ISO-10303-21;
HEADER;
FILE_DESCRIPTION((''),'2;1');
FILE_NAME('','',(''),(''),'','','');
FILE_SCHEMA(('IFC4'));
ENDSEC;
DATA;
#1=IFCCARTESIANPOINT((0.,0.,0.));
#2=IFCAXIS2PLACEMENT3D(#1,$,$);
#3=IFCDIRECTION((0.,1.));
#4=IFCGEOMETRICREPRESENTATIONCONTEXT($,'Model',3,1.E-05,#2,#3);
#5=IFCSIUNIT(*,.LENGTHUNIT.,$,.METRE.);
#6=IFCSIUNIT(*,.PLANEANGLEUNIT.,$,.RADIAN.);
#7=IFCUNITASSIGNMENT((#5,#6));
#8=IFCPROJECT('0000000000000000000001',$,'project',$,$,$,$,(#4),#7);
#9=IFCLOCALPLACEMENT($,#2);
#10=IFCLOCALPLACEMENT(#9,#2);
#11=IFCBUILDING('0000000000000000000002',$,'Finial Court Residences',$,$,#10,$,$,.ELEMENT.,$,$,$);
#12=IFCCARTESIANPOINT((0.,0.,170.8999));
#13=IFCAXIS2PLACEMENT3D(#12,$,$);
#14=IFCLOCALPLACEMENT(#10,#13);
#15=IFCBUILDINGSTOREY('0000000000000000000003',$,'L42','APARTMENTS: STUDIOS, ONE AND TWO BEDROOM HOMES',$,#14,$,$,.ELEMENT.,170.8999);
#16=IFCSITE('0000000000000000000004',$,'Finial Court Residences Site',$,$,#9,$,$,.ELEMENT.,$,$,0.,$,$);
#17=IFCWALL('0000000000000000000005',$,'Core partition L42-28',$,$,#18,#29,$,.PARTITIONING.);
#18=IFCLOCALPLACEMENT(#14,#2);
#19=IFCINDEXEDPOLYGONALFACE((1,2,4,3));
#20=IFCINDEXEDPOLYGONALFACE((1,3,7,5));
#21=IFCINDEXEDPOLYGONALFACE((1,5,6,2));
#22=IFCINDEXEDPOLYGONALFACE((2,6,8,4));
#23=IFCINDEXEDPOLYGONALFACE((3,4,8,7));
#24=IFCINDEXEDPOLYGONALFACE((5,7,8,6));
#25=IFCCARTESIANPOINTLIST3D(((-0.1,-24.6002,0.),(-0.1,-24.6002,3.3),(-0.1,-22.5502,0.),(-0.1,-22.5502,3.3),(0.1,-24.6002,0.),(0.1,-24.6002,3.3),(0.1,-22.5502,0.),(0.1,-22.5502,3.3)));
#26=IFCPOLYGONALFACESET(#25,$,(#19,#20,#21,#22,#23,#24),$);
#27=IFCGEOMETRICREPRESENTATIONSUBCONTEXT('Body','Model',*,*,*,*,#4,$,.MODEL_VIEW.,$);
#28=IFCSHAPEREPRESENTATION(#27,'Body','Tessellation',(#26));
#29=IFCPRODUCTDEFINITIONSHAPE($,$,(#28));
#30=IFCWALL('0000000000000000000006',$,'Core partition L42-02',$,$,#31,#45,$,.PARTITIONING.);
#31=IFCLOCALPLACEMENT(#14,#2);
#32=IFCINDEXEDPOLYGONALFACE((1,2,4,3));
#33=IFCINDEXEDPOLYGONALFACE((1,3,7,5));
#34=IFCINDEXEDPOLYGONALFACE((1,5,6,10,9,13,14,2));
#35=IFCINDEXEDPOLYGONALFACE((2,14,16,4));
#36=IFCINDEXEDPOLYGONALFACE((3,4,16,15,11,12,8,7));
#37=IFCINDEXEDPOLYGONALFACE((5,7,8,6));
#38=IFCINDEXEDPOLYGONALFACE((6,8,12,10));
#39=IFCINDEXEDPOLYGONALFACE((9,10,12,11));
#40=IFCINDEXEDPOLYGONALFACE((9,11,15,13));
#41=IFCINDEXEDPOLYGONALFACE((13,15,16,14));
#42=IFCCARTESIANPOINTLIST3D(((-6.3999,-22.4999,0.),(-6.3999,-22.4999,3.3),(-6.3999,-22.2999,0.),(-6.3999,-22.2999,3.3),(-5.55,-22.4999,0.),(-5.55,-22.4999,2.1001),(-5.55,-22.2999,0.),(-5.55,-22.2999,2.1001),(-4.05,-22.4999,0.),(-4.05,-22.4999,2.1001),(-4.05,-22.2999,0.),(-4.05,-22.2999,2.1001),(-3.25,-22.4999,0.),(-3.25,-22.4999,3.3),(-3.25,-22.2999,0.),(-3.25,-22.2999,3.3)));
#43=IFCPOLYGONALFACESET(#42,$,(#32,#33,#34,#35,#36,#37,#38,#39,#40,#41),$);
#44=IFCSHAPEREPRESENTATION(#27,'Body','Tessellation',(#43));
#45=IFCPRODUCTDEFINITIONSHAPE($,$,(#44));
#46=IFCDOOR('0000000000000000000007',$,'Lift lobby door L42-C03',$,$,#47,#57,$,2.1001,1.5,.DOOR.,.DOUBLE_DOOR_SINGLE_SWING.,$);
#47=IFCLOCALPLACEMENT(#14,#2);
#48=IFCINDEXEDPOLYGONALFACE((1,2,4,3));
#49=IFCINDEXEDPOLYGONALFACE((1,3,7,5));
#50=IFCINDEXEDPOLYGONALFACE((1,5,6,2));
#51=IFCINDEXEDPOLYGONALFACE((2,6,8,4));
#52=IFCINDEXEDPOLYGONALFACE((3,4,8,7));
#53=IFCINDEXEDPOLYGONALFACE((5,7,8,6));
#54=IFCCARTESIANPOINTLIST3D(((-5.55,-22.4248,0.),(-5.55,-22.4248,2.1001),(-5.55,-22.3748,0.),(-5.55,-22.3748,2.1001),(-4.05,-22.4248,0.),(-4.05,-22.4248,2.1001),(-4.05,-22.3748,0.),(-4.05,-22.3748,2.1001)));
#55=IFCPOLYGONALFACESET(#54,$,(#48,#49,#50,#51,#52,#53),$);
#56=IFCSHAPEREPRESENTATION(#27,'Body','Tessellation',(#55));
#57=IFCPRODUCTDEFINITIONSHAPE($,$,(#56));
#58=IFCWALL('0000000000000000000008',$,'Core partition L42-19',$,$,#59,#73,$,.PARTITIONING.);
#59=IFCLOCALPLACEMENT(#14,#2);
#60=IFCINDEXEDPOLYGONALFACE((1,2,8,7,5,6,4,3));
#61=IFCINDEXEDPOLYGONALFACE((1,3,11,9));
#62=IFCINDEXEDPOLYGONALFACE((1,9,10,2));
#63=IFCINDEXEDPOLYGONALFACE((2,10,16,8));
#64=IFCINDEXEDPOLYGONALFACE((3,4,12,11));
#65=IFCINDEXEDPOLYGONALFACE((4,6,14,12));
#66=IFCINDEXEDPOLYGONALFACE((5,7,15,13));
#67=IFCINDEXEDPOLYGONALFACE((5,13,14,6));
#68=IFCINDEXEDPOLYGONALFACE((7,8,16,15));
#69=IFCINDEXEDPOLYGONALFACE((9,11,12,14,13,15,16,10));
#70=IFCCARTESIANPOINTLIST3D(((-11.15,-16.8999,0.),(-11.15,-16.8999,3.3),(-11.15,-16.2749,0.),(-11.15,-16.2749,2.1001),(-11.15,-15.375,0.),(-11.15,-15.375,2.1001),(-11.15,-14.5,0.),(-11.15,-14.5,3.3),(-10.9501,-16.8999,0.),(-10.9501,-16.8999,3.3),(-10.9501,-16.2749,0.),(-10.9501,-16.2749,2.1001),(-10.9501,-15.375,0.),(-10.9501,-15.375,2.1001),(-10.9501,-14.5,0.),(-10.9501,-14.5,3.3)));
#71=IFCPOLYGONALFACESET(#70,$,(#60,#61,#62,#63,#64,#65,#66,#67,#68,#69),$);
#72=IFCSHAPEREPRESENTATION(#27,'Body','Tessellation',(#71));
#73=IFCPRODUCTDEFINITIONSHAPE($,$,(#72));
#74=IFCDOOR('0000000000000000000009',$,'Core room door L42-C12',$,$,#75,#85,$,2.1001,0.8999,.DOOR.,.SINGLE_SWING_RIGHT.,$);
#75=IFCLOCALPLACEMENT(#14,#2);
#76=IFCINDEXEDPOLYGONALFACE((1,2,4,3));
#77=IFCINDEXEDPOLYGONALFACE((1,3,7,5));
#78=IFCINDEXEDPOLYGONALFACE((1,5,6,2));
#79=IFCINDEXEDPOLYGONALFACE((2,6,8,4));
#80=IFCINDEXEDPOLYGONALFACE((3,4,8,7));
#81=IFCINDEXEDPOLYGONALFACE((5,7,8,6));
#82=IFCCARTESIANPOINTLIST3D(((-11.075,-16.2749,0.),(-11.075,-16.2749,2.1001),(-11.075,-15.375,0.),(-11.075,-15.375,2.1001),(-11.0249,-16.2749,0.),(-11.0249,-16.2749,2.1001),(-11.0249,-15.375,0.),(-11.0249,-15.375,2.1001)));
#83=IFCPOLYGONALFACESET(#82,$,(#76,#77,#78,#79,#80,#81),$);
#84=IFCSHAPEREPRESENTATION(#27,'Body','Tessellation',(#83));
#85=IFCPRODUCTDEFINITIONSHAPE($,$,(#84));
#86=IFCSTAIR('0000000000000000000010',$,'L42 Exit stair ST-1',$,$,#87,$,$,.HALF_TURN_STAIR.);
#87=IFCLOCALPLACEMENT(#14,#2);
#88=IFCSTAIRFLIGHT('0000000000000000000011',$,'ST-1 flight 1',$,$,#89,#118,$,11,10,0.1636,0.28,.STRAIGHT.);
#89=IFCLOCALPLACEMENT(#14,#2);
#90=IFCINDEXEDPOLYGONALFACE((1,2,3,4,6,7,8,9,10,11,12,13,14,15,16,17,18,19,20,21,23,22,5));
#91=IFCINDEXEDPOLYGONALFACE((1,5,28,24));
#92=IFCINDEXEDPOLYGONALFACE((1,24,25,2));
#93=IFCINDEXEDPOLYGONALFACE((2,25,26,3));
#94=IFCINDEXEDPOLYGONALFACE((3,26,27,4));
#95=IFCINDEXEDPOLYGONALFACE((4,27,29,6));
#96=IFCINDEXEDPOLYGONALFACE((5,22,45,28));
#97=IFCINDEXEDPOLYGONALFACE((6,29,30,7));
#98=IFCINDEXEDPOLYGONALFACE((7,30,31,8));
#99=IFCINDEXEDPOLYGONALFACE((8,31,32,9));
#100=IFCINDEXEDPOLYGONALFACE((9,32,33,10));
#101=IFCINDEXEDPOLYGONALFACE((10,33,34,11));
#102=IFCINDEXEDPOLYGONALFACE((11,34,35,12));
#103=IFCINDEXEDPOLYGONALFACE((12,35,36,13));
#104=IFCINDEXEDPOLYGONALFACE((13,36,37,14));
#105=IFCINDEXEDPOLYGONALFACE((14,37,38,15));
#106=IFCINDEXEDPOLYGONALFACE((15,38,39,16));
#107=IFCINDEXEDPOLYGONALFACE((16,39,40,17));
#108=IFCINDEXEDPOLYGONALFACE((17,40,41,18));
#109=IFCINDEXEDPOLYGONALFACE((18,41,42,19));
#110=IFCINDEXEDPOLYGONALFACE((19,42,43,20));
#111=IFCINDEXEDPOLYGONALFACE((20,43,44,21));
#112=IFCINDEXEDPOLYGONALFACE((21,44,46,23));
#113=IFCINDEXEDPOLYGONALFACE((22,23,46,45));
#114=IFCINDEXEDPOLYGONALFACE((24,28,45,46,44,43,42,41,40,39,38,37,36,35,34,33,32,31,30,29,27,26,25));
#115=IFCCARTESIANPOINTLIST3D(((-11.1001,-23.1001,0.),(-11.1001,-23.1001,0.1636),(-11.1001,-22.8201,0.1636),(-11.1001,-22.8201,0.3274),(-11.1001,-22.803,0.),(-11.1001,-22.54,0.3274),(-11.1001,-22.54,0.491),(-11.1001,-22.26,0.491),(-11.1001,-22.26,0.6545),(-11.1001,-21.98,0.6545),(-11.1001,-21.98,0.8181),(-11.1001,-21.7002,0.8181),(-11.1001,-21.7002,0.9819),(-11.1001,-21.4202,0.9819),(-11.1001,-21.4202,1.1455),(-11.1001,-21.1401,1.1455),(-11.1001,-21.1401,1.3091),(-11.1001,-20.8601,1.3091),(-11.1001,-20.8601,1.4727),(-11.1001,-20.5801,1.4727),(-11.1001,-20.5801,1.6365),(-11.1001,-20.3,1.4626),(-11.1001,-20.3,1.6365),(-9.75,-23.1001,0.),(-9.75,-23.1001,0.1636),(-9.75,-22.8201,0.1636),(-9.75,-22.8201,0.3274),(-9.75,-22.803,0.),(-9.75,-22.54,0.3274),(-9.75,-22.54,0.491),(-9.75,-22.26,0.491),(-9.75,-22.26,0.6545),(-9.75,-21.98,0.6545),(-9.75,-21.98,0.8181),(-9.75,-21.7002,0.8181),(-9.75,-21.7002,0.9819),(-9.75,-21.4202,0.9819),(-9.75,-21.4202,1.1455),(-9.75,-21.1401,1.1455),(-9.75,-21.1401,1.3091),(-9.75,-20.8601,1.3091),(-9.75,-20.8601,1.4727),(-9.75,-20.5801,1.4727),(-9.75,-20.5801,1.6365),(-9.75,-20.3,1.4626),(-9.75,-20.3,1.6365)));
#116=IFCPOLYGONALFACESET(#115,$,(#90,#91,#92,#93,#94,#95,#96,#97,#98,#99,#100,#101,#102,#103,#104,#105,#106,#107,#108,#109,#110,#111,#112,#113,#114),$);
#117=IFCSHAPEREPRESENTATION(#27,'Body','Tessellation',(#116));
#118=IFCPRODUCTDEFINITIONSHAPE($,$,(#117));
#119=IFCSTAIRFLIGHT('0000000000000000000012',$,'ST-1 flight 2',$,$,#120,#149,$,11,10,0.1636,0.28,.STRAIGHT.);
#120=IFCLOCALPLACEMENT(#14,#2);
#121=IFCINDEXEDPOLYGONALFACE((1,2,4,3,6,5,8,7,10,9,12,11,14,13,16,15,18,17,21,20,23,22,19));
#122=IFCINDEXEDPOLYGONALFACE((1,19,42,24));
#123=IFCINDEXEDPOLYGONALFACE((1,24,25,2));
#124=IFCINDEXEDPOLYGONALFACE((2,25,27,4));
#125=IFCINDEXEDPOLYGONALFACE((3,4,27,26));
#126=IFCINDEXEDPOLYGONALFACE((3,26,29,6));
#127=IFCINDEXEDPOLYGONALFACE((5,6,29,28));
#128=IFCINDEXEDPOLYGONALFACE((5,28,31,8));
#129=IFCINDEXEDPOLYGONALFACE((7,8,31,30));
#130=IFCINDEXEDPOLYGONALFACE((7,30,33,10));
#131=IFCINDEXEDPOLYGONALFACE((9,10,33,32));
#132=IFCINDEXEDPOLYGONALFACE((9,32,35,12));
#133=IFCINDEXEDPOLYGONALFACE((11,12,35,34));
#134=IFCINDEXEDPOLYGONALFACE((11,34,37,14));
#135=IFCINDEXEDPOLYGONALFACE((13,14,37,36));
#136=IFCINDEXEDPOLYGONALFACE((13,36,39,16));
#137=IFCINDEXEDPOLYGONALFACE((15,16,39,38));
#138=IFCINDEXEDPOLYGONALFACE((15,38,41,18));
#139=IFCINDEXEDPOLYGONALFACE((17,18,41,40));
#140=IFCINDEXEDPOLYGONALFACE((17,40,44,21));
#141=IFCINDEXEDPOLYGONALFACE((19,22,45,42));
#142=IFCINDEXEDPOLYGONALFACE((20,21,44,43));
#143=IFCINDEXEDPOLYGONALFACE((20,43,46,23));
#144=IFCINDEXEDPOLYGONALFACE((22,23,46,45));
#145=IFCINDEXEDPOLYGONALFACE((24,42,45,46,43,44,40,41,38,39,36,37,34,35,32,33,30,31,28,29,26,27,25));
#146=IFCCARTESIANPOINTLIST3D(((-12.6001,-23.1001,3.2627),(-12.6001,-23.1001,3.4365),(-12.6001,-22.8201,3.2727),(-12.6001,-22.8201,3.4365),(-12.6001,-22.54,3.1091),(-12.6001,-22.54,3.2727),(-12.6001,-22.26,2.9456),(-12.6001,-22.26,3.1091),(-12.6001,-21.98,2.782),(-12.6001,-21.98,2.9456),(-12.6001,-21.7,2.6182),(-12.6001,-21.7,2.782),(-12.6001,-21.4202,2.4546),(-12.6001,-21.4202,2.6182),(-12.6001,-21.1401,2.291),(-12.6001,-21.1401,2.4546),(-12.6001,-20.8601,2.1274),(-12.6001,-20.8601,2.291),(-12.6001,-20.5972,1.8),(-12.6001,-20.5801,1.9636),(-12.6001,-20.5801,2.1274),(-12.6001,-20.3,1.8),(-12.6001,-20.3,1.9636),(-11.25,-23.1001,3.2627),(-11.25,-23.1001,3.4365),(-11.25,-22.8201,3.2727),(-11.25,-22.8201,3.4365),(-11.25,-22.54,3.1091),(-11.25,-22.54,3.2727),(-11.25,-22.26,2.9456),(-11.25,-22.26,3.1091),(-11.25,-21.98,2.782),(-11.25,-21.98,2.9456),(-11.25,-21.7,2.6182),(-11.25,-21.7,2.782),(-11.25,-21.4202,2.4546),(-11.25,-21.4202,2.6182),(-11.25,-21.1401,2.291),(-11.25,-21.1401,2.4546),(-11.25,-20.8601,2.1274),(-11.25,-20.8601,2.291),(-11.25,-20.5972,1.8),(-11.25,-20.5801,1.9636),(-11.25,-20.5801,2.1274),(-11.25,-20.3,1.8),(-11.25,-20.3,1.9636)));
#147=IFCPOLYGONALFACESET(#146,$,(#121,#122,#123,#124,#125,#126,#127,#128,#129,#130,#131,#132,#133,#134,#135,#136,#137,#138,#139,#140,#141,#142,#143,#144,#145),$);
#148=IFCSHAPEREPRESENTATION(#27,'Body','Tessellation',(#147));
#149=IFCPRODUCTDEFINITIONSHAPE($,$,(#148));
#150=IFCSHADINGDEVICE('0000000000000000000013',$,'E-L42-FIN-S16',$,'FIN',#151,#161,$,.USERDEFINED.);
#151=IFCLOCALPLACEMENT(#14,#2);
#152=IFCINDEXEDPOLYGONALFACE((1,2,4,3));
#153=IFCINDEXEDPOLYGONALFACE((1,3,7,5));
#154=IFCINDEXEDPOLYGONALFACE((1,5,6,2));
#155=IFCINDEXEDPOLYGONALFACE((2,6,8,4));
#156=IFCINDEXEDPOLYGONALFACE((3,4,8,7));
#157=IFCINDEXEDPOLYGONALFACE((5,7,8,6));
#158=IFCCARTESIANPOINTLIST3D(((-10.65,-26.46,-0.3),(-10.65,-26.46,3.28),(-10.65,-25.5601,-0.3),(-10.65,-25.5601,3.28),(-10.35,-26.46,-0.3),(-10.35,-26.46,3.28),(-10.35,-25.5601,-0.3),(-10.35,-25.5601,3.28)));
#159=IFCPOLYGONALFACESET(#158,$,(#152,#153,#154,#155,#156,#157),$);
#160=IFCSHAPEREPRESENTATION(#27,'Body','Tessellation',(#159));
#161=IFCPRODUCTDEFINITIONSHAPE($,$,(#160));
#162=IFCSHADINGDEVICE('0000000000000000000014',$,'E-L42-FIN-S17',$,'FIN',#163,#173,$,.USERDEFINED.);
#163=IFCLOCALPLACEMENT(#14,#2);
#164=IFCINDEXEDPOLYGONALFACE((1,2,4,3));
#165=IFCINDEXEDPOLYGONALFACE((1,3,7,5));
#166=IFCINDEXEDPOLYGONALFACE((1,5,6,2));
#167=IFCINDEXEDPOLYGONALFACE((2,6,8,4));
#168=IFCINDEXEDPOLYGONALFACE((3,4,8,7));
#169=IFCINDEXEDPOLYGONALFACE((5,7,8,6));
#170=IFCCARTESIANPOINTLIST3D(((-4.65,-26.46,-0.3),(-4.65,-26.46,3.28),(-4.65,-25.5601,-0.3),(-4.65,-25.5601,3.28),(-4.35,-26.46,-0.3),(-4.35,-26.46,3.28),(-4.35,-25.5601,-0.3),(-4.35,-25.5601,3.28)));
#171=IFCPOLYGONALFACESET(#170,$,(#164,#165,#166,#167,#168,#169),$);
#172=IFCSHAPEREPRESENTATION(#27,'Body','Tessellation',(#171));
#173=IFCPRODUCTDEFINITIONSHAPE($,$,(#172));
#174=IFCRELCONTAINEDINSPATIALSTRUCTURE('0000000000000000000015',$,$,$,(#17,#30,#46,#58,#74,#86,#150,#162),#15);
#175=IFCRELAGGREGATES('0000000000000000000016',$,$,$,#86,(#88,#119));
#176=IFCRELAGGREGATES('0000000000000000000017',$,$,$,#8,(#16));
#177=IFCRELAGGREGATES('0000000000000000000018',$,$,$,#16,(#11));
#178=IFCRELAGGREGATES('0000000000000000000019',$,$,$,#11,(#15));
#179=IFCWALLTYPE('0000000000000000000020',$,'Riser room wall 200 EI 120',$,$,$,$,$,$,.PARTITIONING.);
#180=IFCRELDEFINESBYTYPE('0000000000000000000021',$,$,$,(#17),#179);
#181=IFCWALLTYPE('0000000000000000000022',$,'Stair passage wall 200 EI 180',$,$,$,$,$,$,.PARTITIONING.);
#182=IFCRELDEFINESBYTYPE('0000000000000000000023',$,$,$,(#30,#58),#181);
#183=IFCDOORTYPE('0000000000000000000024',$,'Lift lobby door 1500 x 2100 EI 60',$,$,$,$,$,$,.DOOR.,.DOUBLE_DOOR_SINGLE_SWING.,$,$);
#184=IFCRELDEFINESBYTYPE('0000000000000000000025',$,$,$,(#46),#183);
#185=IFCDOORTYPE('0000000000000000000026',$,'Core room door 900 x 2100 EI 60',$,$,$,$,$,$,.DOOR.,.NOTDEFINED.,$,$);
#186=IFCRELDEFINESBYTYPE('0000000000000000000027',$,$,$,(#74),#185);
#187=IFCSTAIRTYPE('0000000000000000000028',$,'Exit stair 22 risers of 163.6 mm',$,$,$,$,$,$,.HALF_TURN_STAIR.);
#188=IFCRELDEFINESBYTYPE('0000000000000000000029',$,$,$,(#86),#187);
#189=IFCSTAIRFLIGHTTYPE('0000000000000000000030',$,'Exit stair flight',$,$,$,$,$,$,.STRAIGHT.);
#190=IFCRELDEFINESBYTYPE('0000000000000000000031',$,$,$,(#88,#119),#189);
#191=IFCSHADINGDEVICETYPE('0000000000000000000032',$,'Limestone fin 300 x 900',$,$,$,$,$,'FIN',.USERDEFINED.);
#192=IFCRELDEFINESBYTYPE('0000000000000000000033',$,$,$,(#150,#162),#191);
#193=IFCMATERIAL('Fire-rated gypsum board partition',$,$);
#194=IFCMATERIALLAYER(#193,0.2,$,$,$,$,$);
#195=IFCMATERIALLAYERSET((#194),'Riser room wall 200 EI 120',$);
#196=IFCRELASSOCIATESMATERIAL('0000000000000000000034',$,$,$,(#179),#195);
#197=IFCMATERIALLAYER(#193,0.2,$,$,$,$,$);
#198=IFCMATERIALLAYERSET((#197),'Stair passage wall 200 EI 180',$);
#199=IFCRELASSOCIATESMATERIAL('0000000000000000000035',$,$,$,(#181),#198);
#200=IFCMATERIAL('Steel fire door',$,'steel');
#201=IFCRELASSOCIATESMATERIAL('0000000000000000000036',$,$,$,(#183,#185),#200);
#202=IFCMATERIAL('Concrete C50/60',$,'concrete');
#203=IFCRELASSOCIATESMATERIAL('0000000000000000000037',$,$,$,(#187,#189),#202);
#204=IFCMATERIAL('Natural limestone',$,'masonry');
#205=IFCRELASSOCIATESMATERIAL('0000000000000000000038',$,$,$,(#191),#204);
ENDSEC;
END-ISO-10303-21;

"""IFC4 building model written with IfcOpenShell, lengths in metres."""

from ifc_helpers import new_model, si_unit, direction, frame, frame_2d, origin, origin_2d, place, context, subcontext, project, spatial, polyline, rectangle, outline, extrude, material, layer, layer_set, type_object, element, fill, aggregate, save


model = new_model("IFC4")

# Units and contexts
model_context = context("Model", 3, precision=1e-05, world=origin(), true_north=direction((0.0, 1.0)))
body_context = subcontext(model_context, "Body", "Model", "MODEL_VIEW")
ifc_project = project(units=[si_unit("LENGTHUNIT", "METRE"), si_unit("PLANEANGLEUNIT", "RADIAN")], contexts=[model_context])

# Site, building, storey
site_placement = place(None, origin())
site = spatial("IfcSite", under=ifc_project, at=site_placement, Name="Finial Court Residences Site", CompositionType="ELEMENT", RefElevation=0.0)
building_placement = place(site_placement, origin())
building = spatial("IfcBuilding", under=site, at=building_placement, Name="Finial Court Residences", CompositionType="ELEMENT")
storey_placement = place(building_placement, frame((0.0, 0.0, 170.8999)))
storey = spatial("IfcBuildingStorey", under=building, at=storey_placement, Name="L42", Description="APARTMENTS: STUDIOS, ONE AND TWO BEDROOM HOMES", CompositionType="ELEMENT", Elevation=170.8999)

# Shared definitions
ifc_material_1 = material(Name="Steel fire door", Category="steel")

# Shared definitions
ifc_material_2 = material(Name="Fire-rated gypsum board partition")
ifc_layer_1 = layer(ifc_material_2, 0.2)
ifc_layer_set_1 = layer_set([ifc_layer_1], Name="Riser room wall 200 EI 120")
wall_type_1 = type_object("IfcWallType", Name="Riser room wall 200 EI 120", PredefinedType="PARTITIONING", material=ifc_layer_set_1)

# Wall
wall_1_placement = place(storey_placement, frame((0.0, -24.6001, 0.0), z_axis=(0.0, 0.0, 1.0), x_axis=(0.0, 1.0, 0.0)))
element("IfcWall", 1, at=wall_1_placement, inside=storey, type_object=wall_type_1, Name="Core partition L42-28", PredefinedType="PARTITIONING", context=body_context, shape_type="SweptSolid", body=[
    extrude(rectangle(XDim=2.05, YDim=0.2, at=frame_2d((1.0249, 0.0))), origin(), (0.0, 0.0, 1.0), 3.3),
])

# Walls, openings, doors
ifc_layer_2 = layer(ifc_material_2, 0.2)
ifc_layer_set_2 = layer_set([ifc_layer_2], Name="Stair passage wall 200 EI 180")
wall_type_2 = type_object("IfcWallType", Name="Stair passage wall 200 EI 180", PredefinedType="PARTITIONING", material=ifc_layer_set_2)
wall_2_placement = place(storey_placement, frame((-3.25, -22.3999, 0.0), z_axis=(0.0, 0.0, 1.0), x_axis=(-1.0, 0.0, 0.0)))
wall_2 = element("IfcWall", 2, at=wall_2_placement, inside=storey, type_object=wall_type_2, Name="Core partition L42-02", PredefinedType="PARTITIONING", context=body_context, shape_type="SweptSolid", body=[
    extrude(rectangle(XDim=3.1499, YDim=0.2, at=frame_2d((1.575, 0.0))), origin(), (0.0, 0.0, 1.0), 3.3),
])
opening_1_placement = place(wall_2_placement, frame((0.8, 0.0, 0.0)))
opening_1 = element("IfcOpeningElement", 3, at=opening_1_placement, cuts=wall_2, PredefinedType="OPENING", context=body_context, shape_type="SweptSolid", body=[
    extrude(rectangle(XDim=1.5, YDim=2.1001, at=frame_2d((0.75, 1.05))), frame((0.0, 0.1099, 0.0), z_axis=(0.0, -1.0, 0.0), x_axis=(1.0, 0.0, 0.0)), (0.0, 0.0, 1.0), 0.22),
])
door_type_1 = type_object("IfcDoorType", Name="Lift lobby door 1500 x 2100 EI 60", OperationType="DOUBLE_DOOR_SINGLE_SWING", PredefinedType="DOOR", material=ifc_material_1)
door_1_placement = place(opening_1_placement, origin())
door_1 = element("IfcDoor", 4, at=door_1_placement, inside=storey, type_object=door_type_1, Name="Lift lobby door L42-C03", OperationType="DOUBLE_DOOR_SINGLE_SWING", OverallHeight=2.1001, OverallWidth=1.5, PredefinedType="DOOR", context=body_context, shape_type="SweptSolid", body=[
    extrude(rectangle(XDim=1.5, YDim=2.1001, at=frame_2d((0.75, 1.05))), frame((0.0, 0.0249, 0.0), z_axis=(0.0, -1.0, 0.0), x_axis=(1.0, 0.0, 0.0)), (0.0, 0.0, 1.0), 0.05),
])
fill(opening_1, door_1)
wall_3_placement = place(storey_placement, frame((-11.05, -16.8999, 0.0), z_axis=(0.0, 0.0, 1.0), x_axis=(0.0, 1.0, 0.0)))
wall_3 = element("IfcWall", 5, at=wall_3_placement, inside=storey, type_object=wall_type_2, Name="Core partition L42-19", PredefinedType="PARTITIONING", context=body_context, shape_type="SweptSolid", body=[
    extrude(rectangle(XDim=2.3999, YDim=0.2, at=frame_2d((1.2, 0.0))), origin(), (0.0, 0.0, 1.0), 3.3),
])
opening_2_placement = place(wall_3_placement, frame((0.625, 0.0, 0.0)))
opening_2 = element("IfcOpeningElement", 6, at=opening_2_placement, cuts=wall_3, PredefinedType="OPENING", context=body_context, shape_type="SweptSolid", body=[
    extrude(rectangle(XDim=0.8999, YDim=2.1001, at=frame_2d((0.45, 1.05))), frame((0.0, 0.1099, 0.0), z_axis=(0.0, -1.0, 0.0), x_axis=(1.0, 0.0, 0.0)), (0.0, 0.0, 1.0), 0.22),
])
door_type_2 = type_object("IfcDoorType", Name="Core room door 900 x 2100 EI 60", OperationType="NOTDEFINED", PredefinedType="DOOR", material=ifc_material_1)
door_2_placement = place(opening_2_placement, origin())
door_2 = element("IfcDoor", 7, at=door_2_placement, inside=storey, type_object=door_type_2, Name="Core room door L42-C12", OperationType="SINGLE_SWING_RIGHT", OverallHeight=2.1001, OverallWidth=0.8999, PredefinedType="DOOR", context=body_context, shape_type="SweptSolid", body=[
    extrude(rectangle(XDim=0.8999, YDim=2.1001, at=frame_2d((0.45, 1.05))), frame((0.0, 0.0249, 0.0), z_axis=(0.0, -1.0, 0.0), x_axis=(1.0, 0.0, 0.0)), (0.0, 0.0, 1.0), 0.05),
])
fill(opening_2, door_2)

# Stair, stair flights
ifc_material_3 = material(Name="Concrete C50/60", Category="concrete")
stair_type = type_object("IfcStairType", Name="Exit stair 22 risers of 163.6 mm", PredefinedType="HALF_TURN_STAIR", material=ifc_material_3)
stair_placement = place(storey_placement, origin())
stair = element("IfcStair", 8, at=stair_placement, inside=storey, type_object=stair_type, Name="L42 Exit stair ST-1", PredefinedType="HALF_TURN_STAIR")
stair_flight_type = type_object("IfcStairFlightType", Name="Exit stair flight", PredefinedType="STRAIGHT", material=ifc_material_3)
stair_flight_1_placement = place(storey_placement, frame((-10.425, -23.1001, 0.0), z_axis=(0.0, 0.0, 1.0), x_axis=(0.0, 1.0, 0.0)))
stair_flight_1 = element("IfcStairFlight", 9, at=stair_flight_1_placement, type_object=stair_flight_type, Name="ST-1 flight 1", NumberOfRisers=11, NumberOfTreads=10, PredefinedType="STRAIGHT", RiserHeight=0.1636, TreadLength=0.28, context=body_context, shape_type="SweptSolid", body=[
    extrude(outline(polyline([(0.0, 0.0), (0.0, 0.1636), (0.28, 0.1636), (0.28, 0.3274), (0.5601, 0.3274), (0.5601, 0.491), (0.8401, 0.491), (0.8401, 0.6545), (1.1201, 0.6545), (1.1201, 0.8181), (1.3999, 0.8181), (1.3999, 0.9819), (1.6799, 0.9819), (1.6799, 1.1455), (1.96, 1.1455), (1.96, 1.3091), (2.24, 1.3091), (2.24, 1.4727), (2.52, 1.4727), (2.52, 1.6365), (2.8, 1.6365), (2.8, 1.8), (2.8, 1.4626), (0.2971, 0.0), (0.0, 0.0)])), frame((0.0, 0.675, 0.0), z_axis=(0.0, -1.0, 0.0), x_axis=(1.0, 0.0, 0.0)), (0.0, 0.0, 1.0), 1.3501),
])
stair_flight_2_placement = place(storey_placement, frame((-11.925, -20.3, 1.8), z_axis=(0.0, 0.0, 1.0), x_axis=(0.0, -1.0, 0.0)))
stair_flight_2 = element("IfcStairFlight", 10, at=stair_flight_2_placement, type_object=stair_flight_type, Name="ST-1 flight 2", NumberOfRisers=11, NumberOfTreads=10, PredefinedType="STRAIGHT", RiserHeight=0.1636, TreadLength=0.28, context=body_context, shape_type="SweptSolid", body=[
    extrude(outline(polyline([(0.0, 0.0), (0.0, 0.1636), (0.28, 0.1636), (0.28, 0.3274), (0.5601, 0.3274), (0.5601, 0.491), (0.8401, 0.491), (0.8401, 0.6545), (1.1201, 0.6545), (1.1201, 0.8181), (1.3999, 0.8181), (1.3999, 0.9819), (1.6799, 0.9819), (1.6799, 1.1455), (1.96, 1.1455), (1.96, 1.3091), (2.24, 1.3091), (2.24, 1.4727), (2.52, 1.4727), (2.52, 1.6365), (2.8, 1.6365), (2.8, 1.8), (2.8, 1.4626), (0.2971, 0.0), (0.0, 0.0)])), frame((0.0, 0.675, 0.0), z_axis=(0.0, -1.0, 0.0), x_axis=(1.0, 0.0, 0.0)), (0.0, 0.0, 1.0), 1.3501),
])
aggregate(stair, [stair_flight_1, stair_flight_2])

# Shading devices
ifc_material_4 = material(Name="Natural limestone", Category="masonry")
shading_device_type = type_object("IfcShadingDeviceType", Name="Limestone fin 300 x 900", ElementType="FIN", PredefinedType="USERDEFINED", material=ifc_material_4)
for number, where, z_axis, x_axis, name in (
    (11, (-10.5, -26.01, -0.3), (0.0, 0.0, 1.0), (1.0, 0.0, 0.0), "E-L42-FIN-S16"),
    (12, (-4.5, -26.01, -0.3), (0.0, 0.0, 1.0), (1.0, 0.0, 0.0), "E-L42-FIN-S17"),
):
    element("IfcShadingDevice", number, at=place(storey_placement, frame(where, z_axis=z_axis, x_axis=x_axis)), inside=storey, type_object=shading_device_type, Name=name, ObjectType="FIN", PredefinedType="USERDEFINED", context=body_context, shape_type="SweptSolid", body=[
        extrude(rectangle(XDim=0.3, YDim=0.8999, at=origin_2d()), origin(), (0.0, 0.0, 1.0), 3.5801),
    ])

save(model, "model.ifc")
